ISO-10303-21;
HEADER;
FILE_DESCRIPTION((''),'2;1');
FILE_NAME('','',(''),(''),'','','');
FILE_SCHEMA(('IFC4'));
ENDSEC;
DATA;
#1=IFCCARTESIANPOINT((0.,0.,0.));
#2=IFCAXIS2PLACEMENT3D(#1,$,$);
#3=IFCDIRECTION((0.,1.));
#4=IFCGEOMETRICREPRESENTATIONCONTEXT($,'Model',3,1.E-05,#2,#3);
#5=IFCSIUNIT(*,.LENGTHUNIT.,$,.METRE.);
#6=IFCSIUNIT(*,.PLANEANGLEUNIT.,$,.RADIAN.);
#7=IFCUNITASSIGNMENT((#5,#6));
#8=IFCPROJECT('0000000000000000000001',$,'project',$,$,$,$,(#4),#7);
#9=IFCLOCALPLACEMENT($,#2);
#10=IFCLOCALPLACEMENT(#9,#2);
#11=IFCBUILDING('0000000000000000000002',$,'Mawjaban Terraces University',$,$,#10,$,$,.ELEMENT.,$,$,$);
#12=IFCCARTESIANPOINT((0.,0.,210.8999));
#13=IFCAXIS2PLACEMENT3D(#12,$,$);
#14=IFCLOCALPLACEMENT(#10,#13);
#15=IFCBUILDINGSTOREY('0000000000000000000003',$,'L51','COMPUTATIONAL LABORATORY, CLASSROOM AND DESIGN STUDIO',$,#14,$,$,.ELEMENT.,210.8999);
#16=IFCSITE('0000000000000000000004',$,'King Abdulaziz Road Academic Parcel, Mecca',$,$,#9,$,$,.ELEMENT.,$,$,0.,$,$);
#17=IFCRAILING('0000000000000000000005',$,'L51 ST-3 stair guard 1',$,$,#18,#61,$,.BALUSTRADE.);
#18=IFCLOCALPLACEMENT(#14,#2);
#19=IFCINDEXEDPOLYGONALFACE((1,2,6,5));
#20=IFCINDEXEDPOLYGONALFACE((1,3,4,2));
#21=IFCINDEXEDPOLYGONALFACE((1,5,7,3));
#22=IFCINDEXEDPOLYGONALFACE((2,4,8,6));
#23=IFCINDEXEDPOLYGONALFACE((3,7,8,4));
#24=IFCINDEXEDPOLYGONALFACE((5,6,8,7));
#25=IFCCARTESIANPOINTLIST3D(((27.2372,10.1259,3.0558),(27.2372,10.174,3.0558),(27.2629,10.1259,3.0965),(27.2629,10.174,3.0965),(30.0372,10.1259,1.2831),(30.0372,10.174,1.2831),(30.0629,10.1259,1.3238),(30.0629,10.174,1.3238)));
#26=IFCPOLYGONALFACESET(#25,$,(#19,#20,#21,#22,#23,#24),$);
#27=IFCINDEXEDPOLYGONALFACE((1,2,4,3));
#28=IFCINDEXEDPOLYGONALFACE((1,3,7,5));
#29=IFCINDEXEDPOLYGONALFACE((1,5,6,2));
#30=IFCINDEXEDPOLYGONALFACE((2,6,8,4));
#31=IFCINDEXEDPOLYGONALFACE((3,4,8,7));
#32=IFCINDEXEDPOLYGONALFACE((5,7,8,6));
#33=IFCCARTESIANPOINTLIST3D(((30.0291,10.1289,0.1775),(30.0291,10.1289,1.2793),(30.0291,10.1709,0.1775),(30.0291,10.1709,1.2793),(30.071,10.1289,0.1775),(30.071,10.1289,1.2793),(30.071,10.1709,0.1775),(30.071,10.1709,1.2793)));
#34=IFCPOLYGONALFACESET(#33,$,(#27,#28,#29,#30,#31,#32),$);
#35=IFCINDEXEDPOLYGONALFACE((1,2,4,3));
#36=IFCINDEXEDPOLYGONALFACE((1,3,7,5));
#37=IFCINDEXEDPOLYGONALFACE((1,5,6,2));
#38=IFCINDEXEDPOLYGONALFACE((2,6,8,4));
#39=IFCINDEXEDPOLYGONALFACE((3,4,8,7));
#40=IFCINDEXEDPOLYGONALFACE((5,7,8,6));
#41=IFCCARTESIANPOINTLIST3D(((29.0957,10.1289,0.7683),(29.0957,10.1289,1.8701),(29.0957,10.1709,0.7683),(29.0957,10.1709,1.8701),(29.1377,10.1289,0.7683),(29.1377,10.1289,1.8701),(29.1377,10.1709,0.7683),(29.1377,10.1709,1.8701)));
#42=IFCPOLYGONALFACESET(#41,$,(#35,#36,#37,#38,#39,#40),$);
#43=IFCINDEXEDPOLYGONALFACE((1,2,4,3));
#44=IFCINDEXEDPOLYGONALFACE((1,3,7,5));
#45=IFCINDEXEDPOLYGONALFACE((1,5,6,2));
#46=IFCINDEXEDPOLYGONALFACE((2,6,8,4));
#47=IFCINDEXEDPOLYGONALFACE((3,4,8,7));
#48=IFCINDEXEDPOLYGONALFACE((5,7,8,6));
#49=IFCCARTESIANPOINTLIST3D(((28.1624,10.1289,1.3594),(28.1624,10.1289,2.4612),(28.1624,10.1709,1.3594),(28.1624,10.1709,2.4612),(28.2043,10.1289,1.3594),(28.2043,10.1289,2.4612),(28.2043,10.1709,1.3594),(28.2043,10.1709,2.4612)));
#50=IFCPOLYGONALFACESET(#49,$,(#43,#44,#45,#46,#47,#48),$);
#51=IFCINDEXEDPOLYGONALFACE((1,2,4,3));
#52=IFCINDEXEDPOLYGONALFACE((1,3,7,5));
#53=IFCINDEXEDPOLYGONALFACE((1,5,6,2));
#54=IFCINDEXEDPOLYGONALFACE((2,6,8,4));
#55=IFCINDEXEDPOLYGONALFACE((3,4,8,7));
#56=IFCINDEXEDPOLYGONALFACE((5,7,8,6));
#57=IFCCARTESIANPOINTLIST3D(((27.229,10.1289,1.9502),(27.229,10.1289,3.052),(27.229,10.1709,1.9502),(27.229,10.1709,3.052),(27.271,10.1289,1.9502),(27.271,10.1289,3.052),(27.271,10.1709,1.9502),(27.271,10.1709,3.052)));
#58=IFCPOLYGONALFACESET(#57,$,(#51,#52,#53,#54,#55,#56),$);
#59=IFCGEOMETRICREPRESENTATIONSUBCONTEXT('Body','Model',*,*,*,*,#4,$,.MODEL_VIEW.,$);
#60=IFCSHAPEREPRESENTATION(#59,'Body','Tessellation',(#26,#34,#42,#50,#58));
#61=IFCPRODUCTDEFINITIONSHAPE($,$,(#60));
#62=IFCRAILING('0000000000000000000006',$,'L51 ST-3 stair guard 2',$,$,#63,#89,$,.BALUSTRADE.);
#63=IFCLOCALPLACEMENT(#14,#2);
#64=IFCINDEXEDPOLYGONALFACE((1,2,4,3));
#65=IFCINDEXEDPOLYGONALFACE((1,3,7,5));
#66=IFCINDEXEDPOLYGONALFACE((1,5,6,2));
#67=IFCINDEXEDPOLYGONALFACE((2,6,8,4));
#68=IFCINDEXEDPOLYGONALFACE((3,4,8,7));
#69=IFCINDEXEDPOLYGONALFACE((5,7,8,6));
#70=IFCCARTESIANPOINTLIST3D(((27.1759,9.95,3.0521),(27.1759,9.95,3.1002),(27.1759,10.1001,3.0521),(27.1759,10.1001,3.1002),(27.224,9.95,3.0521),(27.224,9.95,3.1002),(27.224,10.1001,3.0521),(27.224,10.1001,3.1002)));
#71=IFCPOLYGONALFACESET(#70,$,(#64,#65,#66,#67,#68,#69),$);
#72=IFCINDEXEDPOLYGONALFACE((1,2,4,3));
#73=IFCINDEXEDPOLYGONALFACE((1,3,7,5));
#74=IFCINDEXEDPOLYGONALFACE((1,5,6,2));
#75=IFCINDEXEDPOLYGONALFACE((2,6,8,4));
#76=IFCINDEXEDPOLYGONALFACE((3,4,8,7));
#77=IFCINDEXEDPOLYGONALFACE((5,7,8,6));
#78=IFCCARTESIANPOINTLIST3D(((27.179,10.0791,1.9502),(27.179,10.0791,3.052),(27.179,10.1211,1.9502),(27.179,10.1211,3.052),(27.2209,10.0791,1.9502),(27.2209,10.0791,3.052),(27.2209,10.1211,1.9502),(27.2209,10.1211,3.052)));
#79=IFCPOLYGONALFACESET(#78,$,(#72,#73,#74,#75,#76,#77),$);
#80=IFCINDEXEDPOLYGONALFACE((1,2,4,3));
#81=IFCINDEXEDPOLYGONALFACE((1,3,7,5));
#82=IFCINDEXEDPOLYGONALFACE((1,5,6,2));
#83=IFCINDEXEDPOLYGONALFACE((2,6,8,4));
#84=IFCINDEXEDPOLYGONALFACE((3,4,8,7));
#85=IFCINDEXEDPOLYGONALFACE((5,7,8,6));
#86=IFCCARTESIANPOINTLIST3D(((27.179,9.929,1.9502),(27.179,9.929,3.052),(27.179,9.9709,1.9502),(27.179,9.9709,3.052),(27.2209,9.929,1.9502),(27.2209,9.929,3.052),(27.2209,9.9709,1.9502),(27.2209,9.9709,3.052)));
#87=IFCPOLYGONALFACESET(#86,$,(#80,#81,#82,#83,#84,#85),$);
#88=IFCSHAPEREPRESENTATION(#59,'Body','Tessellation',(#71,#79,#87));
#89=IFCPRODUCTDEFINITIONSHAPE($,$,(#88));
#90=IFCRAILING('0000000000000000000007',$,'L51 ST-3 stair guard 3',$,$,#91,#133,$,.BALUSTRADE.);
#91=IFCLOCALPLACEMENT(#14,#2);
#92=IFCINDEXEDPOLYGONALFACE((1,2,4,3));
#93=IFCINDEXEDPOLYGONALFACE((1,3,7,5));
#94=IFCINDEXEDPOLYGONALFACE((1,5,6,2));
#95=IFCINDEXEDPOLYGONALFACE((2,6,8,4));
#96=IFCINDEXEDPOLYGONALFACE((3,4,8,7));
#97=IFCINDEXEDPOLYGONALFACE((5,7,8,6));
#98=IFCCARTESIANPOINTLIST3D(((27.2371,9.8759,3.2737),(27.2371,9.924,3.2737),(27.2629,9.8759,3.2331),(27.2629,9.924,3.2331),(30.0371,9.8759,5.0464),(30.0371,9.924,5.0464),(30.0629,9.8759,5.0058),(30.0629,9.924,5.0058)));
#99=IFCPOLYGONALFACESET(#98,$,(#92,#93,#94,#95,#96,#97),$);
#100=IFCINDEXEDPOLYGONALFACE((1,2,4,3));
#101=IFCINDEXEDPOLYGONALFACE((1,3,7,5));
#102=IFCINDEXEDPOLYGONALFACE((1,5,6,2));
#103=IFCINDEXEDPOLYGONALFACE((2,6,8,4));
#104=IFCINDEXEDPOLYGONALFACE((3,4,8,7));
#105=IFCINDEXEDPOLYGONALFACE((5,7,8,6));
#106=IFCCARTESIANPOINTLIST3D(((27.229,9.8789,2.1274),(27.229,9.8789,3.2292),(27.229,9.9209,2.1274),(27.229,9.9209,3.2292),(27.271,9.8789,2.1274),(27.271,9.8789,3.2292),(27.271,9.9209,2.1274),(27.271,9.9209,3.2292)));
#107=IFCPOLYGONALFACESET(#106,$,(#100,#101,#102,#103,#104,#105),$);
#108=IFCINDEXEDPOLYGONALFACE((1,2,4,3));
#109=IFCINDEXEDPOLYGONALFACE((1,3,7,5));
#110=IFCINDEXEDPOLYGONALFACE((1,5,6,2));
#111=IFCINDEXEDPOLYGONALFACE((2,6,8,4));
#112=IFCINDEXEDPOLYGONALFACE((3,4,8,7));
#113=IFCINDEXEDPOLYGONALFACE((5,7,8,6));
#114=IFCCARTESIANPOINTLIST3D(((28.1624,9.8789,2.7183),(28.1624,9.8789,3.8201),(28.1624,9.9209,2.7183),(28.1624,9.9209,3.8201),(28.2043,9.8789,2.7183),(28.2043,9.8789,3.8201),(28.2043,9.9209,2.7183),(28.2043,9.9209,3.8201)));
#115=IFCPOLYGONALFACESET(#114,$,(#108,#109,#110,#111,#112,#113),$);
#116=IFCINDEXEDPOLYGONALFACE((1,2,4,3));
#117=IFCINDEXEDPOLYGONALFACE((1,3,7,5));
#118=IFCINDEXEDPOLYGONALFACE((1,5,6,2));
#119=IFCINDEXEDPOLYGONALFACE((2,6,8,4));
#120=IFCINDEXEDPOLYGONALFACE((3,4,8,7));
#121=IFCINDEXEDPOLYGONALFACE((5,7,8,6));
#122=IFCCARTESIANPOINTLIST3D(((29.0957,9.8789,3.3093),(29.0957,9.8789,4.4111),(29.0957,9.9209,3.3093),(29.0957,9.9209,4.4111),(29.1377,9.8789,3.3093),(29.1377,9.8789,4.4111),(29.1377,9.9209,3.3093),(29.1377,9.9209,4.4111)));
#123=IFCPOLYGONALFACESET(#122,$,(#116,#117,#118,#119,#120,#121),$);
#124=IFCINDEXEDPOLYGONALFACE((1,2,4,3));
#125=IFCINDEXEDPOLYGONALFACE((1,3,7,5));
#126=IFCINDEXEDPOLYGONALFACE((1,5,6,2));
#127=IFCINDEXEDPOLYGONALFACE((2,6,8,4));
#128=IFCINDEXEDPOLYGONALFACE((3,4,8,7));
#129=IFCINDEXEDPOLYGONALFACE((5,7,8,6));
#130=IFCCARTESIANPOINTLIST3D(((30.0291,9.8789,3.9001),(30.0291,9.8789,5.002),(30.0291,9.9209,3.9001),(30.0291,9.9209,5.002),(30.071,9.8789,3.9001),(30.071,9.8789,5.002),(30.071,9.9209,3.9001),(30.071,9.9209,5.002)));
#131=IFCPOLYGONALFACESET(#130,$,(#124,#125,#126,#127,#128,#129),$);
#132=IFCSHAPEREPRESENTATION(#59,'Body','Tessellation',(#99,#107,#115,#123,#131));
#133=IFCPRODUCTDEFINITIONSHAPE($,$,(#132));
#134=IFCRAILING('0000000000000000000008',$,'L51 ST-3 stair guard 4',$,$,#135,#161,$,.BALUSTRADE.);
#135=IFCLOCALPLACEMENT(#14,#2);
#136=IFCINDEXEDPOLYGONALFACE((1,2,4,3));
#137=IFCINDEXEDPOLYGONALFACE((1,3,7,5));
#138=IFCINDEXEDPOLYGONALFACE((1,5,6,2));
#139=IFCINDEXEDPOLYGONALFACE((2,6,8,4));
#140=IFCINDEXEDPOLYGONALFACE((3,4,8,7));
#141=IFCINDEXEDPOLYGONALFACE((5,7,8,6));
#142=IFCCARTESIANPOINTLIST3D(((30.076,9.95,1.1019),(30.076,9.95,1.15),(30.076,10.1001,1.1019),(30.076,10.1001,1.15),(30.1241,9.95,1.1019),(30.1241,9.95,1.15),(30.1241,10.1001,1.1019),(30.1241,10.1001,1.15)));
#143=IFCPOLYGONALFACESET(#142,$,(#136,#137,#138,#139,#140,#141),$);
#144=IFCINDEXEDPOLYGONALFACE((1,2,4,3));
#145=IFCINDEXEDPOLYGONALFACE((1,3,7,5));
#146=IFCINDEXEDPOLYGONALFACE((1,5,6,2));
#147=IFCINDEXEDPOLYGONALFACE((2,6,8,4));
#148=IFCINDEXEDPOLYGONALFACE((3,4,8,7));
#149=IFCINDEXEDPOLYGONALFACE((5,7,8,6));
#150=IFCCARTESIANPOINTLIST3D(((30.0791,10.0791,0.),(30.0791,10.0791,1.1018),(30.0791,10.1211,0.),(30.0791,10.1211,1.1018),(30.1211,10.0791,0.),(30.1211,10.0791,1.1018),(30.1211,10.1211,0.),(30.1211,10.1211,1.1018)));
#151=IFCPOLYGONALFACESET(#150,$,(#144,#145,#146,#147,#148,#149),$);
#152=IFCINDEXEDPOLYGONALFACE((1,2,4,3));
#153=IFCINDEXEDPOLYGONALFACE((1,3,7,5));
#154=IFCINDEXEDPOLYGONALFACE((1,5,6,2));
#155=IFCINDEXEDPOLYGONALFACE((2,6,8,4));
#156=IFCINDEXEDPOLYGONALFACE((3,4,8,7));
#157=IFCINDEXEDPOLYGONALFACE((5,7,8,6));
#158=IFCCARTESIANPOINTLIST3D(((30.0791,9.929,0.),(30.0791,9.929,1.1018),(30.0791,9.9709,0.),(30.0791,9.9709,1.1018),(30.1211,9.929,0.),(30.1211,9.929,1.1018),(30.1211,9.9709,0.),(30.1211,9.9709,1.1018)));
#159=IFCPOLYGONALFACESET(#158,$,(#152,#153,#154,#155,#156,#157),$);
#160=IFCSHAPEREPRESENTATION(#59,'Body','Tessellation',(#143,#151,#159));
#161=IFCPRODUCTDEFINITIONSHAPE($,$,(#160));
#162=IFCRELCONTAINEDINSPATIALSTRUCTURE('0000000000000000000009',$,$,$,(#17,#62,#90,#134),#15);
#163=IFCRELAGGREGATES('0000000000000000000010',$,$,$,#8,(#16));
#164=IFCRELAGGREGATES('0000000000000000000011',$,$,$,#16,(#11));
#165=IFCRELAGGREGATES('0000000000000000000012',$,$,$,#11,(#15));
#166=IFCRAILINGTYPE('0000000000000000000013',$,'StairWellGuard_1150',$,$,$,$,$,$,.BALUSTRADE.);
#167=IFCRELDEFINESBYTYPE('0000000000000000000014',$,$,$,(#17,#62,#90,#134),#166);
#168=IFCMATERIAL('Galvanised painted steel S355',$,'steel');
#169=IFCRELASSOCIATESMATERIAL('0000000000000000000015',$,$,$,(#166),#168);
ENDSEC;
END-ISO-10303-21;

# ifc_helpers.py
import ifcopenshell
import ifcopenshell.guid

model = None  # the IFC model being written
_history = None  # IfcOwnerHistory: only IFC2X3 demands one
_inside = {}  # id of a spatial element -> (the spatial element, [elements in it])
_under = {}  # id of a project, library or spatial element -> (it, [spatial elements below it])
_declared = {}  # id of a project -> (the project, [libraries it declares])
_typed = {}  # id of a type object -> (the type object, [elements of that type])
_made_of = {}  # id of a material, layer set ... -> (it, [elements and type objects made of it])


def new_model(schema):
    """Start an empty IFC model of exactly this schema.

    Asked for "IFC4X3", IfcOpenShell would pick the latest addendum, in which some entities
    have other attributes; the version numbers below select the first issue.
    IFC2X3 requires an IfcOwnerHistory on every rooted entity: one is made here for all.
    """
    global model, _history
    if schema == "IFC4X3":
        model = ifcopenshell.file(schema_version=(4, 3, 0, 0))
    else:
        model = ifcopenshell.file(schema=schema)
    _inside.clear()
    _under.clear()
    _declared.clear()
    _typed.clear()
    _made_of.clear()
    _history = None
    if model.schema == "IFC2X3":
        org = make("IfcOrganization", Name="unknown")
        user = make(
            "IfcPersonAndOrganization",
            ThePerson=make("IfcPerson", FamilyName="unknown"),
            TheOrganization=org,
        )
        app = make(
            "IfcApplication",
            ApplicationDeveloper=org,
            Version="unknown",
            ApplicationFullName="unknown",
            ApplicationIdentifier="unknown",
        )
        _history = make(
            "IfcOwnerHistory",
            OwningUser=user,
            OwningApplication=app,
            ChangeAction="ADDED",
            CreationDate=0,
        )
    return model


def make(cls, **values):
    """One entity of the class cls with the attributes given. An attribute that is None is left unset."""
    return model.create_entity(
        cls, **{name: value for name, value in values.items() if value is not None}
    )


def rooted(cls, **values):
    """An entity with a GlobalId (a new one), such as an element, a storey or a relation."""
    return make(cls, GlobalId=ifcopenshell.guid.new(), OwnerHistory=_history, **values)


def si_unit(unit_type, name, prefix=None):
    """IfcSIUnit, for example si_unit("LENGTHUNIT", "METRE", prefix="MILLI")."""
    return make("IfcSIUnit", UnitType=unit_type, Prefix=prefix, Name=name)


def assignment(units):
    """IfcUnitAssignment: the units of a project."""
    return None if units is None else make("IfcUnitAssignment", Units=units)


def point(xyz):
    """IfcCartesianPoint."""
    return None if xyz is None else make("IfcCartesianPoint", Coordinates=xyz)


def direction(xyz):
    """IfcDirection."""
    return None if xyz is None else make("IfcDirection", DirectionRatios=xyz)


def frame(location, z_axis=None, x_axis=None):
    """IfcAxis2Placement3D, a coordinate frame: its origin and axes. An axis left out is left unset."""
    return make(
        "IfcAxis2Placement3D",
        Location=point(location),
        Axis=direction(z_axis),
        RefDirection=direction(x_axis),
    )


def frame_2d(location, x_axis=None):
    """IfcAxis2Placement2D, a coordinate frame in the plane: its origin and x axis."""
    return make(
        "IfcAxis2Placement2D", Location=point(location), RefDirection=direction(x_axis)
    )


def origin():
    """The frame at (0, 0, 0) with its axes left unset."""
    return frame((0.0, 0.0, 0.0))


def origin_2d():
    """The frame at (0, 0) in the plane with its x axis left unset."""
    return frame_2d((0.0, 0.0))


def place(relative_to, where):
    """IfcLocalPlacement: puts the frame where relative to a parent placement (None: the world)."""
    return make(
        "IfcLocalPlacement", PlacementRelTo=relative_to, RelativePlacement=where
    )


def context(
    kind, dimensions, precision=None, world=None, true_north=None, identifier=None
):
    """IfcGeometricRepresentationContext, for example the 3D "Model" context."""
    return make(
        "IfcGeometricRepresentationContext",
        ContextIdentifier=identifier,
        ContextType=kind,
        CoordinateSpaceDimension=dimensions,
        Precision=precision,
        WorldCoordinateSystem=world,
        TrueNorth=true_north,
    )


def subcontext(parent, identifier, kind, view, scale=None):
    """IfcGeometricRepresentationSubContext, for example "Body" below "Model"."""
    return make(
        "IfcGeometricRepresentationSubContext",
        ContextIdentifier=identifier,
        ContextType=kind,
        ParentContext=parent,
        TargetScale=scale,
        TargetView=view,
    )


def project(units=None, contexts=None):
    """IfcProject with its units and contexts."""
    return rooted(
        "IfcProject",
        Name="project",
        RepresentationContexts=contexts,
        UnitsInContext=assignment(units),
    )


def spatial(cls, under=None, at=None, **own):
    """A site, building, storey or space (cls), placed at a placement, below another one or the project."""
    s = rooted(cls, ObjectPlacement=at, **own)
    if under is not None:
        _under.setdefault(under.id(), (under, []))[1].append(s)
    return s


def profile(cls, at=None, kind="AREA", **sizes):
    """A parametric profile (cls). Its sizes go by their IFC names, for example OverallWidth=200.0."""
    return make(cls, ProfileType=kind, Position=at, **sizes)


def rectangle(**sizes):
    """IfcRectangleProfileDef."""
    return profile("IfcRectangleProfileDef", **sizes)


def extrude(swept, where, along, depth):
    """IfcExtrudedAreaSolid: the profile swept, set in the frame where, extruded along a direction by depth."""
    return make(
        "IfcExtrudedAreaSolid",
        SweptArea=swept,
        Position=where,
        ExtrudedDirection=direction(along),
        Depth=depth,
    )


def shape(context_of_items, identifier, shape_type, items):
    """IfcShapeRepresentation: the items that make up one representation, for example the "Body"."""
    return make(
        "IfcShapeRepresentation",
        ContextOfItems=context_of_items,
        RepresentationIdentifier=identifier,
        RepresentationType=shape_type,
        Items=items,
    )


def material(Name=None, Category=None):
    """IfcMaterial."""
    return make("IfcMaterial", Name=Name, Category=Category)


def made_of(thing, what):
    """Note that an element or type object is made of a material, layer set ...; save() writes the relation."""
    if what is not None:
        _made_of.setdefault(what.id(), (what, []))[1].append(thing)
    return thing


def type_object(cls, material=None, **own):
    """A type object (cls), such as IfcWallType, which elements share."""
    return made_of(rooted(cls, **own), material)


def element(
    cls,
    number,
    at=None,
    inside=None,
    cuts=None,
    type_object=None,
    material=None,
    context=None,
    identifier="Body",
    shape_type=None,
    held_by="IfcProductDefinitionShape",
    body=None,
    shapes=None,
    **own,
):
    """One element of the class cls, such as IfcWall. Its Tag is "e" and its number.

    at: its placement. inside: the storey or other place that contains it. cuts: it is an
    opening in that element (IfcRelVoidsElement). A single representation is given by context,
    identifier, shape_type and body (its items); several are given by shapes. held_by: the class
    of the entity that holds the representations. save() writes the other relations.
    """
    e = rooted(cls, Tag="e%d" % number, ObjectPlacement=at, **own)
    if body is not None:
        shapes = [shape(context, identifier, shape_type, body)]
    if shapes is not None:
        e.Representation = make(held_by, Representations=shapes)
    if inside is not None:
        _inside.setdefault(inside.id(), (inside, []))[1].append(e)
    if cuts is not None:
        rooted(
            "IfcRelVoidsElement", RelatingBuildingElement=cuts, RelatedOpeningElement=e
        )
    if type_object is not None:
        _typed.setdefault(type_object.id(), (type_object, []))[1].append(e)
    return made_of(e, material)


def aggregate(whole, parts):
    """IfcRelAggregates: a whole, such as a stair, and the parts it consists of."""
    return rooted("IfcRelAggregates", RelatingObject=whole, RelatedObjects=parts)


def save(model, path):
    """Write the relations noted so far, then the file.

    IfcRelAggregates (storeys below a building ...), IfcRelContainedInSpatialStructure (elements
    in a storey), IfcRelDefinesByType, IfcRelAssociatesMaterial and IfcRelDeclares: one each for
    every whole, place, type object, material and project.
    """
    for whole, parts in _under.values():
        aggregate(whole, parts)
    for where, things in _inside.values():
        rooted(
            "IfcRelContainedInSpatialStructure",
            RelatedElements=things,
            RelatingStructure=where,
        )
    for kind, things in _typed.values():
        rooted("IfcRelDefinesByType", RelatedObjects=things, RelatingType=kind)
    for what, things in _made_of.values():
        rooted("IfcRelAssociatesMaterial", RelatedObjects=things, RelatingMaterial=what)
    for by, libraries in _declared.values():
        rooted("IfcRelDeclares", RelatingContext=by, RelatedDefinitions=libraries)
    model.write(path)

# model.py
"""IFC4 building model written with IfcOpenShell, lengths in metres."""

from ifc_helpers import new_model, si_unit, direction, frame, origin, origin_2d, place, context, subcontext, project, spatial, rectangle, extrude, material, type_object, element, save


model = new_model("IFC4")

# Units and contexts
model_context = context("Model", 3, precision=1e-05, world=origin(), true_north=direction((0.0, 1.0)))
body_context = subcontext(model_context, "Body", "Model", "MODEL_VIEW")
ifc_project = project(units=[si_unit("LENGTHUNIT", "METRE"), si_unit("PLANEANGLEUNIT", "RADIAN")], contexts=[model_context])

# Site, building, storey
site_placement = place(None, origin())
site = spatial("IfcSite", under=ifc_project, at=site_placement, Name="King Abdulaziz Road Academic Parcel, Mecca", CompositionType="ELEMENT", RefElevation=0.0)
building_placement = place(site_placement, origin())
building = spatial("IfcBuilding", under=site, at=building_placement, Name="Mawjaban Terraces University", CompositionType="ELEMENT")
storey_placement = place(building_placement, frame((0.0, 0.0, 210.8999)))
storey = spatial("IfcBuildingStorey", under=building, at=storey_placement, Name="L51", Description="COMPUTATIONAL LABORATORY, CLASSROOM AND DESIGN STUDIO", CompositionType="ELEMENT", Elevation=210.8999)

# Railings
ifc_material_1 = material(Name="Galvanised painted steel S355", Category="steel")
railing_type_1 = type_object("IfcRailingType", Name="StairWellGuard_1150", PredefinedType="BALUSTRADE", material=ifc_material_1)
railing_1_placement = place(storey_placement, frame((30.05, 10.1499, 0.1775)))
element("IfcRailing", 1, at=railing_1_placement, inside=storey, type_object=railing_type_1, Name="L51 ST-3 stair guard 1", PredefinedType="BALUSTRADE", context=body_context, shape_type="SweptSolid", body=[
    extrude(rectangle(XDim=0.0481, YDim=0.0481, at=origin_2d()), frame((0.0, 0.0, 1.126), z_axis=(-0.844909, 0.0, 0.53491), x_axis=(0.0, -1.0, 0.0)), (0.0, 0.0, 1.0), 3.314),
    extrude(rectangle(XDim=0.042, YDim=0.042, at=origin_2d()), origin(), (0.0, 0.0, 1.0), 1.1018),
    extrude(rectangle(XDim=0.042, YDim=0.042, at=origin_2d()), frame((-0.9333, 0.0, 0.5908)), (0.0, 0.0, 1.0), 1.1018),
    extrude(rectangle(XDim=0.042, YDim=0.042, at=origin_2d()), frame((-1.8667, 0.0, 1.1819)), (0.0, 0.0, 1.0), 1.1018),
    extrude(rectangle(XDim=0.042, YDim=0.042, at=origin_2d()), frame((-2.8, 0.0, 1.7727)), (0.0, 0.0, 1.0), 1.1018),
])
railing_2_placement = place(storey_placement, frame((27.2, 10.1001, 1.9502)))
element("IfcRailing", 2, at=railing_2_placement, inside=storey, type_object=railing_type_1, Name="L51 ST-3 stair guard 2", PredefinedType="BALUSTRADE", context=body_context, shape_type="SweptSolid", body=[
    extrude(rectangle(XDim=0.0481, YDim=0.0481, at=origin_2d()), frame((0.0, 0.0, 1.126), z_axis=(0.0, -1.0, 0.0), x_axis=(1.0, 0.0, 0.0)), (0.0, 0.0, 1.0), 0.1501),
    extrude(rectangle(XDim=0.042, YDim=0.042, at=origin_2d()), origin(), (0.0, 0.0, 1.0), 1.1018),
    extrude(rectangle(XDim=0.042, YDim=0.042, at=origin_2d()), frame((0.0, -0.1501, 0.0)), (0.0, 0.0, 1.0), 1.1018),
])
railing_3_placement = place(storey_placement, frame((27.25, 9.8999, 2.1274)))
element("IfcRailing", 3, at=railing_3_placement, inside=storey, type_object=railing_type_1, Name="L51 ST-3 stair guard 3", PredefinedType="BALUSTRADE", context=body_context, shape_type="SweptSolid", body=[
    extrude(rectangle(XDim=0.0481, YDim=0.0481, at=origin_2d()), frame((0.0, 0.0, 1.126), z_axis=(0.844909, 0.0, 0.53491), x_axis=(0.0, 1.0, 0.0)), (0.0, 0.0, 1.0), 3.314),
    extrude(rectangle(XDim=0.042, YDim=0.042, at=origin_2d()), origin(), (0.0, 0.0, 1.0), 1.1018),
    extrude(rectangle(XDim=0.042, YDim=0.042, at=origin_2d()), frame((0.9333, 0.0, 0.5908)), (0.0, 0.0, 1.0), 1.1018),
    extrude(rectangle(XDim=0.042, YDim=0.042, at=origin_2d()), frame((1.8667, 0.0, 1.1819)), (0.0, 0.0, 1.0), 1.1018),
    extrude(rectangle(XDim=0.042, YDim=0.042, at=origin_2d()), frame((2.8, 0.0, 1.7727)), (0.0, 0.0, 1.0), 1.1018),
])
railing_4_placement = place(storey_placement, frame((30.1001, 10.1001, 0.0)))
element("IfcRailing", 4, at=railing_4_placement, inside=storey, type_object=railing_type_1, Name="L51 ST-3 stair guard 4", PredefinedType="BALUSTRADE", context=body_context, shape_type="SweptSolid", body=[
    extrude(rectangle(XDim=0.0481, YDim=0.0481, at=origin_2d()), frame((0.0, 0.0, 1.126), z_axis=(0.0, -1.0, 0.0), x_axis=(1.0, 0.0, 0.0)), (0.0, 0.0, 1.0), 0.1501),
    extrude(rectangle(XDim=0.042, YDim=0.042, at=origin_2d()), origin(), (0.0, 0.0, 1.0), 1.1018),
    extrude(rectangle(XDim=0.042, YDim=0.042, at=origin_2d()), frame((0.0, -0.1501, 0.0)), (0.0, 0.0, 1.0), 1.1018),
])

save(model, "model.ifc")
